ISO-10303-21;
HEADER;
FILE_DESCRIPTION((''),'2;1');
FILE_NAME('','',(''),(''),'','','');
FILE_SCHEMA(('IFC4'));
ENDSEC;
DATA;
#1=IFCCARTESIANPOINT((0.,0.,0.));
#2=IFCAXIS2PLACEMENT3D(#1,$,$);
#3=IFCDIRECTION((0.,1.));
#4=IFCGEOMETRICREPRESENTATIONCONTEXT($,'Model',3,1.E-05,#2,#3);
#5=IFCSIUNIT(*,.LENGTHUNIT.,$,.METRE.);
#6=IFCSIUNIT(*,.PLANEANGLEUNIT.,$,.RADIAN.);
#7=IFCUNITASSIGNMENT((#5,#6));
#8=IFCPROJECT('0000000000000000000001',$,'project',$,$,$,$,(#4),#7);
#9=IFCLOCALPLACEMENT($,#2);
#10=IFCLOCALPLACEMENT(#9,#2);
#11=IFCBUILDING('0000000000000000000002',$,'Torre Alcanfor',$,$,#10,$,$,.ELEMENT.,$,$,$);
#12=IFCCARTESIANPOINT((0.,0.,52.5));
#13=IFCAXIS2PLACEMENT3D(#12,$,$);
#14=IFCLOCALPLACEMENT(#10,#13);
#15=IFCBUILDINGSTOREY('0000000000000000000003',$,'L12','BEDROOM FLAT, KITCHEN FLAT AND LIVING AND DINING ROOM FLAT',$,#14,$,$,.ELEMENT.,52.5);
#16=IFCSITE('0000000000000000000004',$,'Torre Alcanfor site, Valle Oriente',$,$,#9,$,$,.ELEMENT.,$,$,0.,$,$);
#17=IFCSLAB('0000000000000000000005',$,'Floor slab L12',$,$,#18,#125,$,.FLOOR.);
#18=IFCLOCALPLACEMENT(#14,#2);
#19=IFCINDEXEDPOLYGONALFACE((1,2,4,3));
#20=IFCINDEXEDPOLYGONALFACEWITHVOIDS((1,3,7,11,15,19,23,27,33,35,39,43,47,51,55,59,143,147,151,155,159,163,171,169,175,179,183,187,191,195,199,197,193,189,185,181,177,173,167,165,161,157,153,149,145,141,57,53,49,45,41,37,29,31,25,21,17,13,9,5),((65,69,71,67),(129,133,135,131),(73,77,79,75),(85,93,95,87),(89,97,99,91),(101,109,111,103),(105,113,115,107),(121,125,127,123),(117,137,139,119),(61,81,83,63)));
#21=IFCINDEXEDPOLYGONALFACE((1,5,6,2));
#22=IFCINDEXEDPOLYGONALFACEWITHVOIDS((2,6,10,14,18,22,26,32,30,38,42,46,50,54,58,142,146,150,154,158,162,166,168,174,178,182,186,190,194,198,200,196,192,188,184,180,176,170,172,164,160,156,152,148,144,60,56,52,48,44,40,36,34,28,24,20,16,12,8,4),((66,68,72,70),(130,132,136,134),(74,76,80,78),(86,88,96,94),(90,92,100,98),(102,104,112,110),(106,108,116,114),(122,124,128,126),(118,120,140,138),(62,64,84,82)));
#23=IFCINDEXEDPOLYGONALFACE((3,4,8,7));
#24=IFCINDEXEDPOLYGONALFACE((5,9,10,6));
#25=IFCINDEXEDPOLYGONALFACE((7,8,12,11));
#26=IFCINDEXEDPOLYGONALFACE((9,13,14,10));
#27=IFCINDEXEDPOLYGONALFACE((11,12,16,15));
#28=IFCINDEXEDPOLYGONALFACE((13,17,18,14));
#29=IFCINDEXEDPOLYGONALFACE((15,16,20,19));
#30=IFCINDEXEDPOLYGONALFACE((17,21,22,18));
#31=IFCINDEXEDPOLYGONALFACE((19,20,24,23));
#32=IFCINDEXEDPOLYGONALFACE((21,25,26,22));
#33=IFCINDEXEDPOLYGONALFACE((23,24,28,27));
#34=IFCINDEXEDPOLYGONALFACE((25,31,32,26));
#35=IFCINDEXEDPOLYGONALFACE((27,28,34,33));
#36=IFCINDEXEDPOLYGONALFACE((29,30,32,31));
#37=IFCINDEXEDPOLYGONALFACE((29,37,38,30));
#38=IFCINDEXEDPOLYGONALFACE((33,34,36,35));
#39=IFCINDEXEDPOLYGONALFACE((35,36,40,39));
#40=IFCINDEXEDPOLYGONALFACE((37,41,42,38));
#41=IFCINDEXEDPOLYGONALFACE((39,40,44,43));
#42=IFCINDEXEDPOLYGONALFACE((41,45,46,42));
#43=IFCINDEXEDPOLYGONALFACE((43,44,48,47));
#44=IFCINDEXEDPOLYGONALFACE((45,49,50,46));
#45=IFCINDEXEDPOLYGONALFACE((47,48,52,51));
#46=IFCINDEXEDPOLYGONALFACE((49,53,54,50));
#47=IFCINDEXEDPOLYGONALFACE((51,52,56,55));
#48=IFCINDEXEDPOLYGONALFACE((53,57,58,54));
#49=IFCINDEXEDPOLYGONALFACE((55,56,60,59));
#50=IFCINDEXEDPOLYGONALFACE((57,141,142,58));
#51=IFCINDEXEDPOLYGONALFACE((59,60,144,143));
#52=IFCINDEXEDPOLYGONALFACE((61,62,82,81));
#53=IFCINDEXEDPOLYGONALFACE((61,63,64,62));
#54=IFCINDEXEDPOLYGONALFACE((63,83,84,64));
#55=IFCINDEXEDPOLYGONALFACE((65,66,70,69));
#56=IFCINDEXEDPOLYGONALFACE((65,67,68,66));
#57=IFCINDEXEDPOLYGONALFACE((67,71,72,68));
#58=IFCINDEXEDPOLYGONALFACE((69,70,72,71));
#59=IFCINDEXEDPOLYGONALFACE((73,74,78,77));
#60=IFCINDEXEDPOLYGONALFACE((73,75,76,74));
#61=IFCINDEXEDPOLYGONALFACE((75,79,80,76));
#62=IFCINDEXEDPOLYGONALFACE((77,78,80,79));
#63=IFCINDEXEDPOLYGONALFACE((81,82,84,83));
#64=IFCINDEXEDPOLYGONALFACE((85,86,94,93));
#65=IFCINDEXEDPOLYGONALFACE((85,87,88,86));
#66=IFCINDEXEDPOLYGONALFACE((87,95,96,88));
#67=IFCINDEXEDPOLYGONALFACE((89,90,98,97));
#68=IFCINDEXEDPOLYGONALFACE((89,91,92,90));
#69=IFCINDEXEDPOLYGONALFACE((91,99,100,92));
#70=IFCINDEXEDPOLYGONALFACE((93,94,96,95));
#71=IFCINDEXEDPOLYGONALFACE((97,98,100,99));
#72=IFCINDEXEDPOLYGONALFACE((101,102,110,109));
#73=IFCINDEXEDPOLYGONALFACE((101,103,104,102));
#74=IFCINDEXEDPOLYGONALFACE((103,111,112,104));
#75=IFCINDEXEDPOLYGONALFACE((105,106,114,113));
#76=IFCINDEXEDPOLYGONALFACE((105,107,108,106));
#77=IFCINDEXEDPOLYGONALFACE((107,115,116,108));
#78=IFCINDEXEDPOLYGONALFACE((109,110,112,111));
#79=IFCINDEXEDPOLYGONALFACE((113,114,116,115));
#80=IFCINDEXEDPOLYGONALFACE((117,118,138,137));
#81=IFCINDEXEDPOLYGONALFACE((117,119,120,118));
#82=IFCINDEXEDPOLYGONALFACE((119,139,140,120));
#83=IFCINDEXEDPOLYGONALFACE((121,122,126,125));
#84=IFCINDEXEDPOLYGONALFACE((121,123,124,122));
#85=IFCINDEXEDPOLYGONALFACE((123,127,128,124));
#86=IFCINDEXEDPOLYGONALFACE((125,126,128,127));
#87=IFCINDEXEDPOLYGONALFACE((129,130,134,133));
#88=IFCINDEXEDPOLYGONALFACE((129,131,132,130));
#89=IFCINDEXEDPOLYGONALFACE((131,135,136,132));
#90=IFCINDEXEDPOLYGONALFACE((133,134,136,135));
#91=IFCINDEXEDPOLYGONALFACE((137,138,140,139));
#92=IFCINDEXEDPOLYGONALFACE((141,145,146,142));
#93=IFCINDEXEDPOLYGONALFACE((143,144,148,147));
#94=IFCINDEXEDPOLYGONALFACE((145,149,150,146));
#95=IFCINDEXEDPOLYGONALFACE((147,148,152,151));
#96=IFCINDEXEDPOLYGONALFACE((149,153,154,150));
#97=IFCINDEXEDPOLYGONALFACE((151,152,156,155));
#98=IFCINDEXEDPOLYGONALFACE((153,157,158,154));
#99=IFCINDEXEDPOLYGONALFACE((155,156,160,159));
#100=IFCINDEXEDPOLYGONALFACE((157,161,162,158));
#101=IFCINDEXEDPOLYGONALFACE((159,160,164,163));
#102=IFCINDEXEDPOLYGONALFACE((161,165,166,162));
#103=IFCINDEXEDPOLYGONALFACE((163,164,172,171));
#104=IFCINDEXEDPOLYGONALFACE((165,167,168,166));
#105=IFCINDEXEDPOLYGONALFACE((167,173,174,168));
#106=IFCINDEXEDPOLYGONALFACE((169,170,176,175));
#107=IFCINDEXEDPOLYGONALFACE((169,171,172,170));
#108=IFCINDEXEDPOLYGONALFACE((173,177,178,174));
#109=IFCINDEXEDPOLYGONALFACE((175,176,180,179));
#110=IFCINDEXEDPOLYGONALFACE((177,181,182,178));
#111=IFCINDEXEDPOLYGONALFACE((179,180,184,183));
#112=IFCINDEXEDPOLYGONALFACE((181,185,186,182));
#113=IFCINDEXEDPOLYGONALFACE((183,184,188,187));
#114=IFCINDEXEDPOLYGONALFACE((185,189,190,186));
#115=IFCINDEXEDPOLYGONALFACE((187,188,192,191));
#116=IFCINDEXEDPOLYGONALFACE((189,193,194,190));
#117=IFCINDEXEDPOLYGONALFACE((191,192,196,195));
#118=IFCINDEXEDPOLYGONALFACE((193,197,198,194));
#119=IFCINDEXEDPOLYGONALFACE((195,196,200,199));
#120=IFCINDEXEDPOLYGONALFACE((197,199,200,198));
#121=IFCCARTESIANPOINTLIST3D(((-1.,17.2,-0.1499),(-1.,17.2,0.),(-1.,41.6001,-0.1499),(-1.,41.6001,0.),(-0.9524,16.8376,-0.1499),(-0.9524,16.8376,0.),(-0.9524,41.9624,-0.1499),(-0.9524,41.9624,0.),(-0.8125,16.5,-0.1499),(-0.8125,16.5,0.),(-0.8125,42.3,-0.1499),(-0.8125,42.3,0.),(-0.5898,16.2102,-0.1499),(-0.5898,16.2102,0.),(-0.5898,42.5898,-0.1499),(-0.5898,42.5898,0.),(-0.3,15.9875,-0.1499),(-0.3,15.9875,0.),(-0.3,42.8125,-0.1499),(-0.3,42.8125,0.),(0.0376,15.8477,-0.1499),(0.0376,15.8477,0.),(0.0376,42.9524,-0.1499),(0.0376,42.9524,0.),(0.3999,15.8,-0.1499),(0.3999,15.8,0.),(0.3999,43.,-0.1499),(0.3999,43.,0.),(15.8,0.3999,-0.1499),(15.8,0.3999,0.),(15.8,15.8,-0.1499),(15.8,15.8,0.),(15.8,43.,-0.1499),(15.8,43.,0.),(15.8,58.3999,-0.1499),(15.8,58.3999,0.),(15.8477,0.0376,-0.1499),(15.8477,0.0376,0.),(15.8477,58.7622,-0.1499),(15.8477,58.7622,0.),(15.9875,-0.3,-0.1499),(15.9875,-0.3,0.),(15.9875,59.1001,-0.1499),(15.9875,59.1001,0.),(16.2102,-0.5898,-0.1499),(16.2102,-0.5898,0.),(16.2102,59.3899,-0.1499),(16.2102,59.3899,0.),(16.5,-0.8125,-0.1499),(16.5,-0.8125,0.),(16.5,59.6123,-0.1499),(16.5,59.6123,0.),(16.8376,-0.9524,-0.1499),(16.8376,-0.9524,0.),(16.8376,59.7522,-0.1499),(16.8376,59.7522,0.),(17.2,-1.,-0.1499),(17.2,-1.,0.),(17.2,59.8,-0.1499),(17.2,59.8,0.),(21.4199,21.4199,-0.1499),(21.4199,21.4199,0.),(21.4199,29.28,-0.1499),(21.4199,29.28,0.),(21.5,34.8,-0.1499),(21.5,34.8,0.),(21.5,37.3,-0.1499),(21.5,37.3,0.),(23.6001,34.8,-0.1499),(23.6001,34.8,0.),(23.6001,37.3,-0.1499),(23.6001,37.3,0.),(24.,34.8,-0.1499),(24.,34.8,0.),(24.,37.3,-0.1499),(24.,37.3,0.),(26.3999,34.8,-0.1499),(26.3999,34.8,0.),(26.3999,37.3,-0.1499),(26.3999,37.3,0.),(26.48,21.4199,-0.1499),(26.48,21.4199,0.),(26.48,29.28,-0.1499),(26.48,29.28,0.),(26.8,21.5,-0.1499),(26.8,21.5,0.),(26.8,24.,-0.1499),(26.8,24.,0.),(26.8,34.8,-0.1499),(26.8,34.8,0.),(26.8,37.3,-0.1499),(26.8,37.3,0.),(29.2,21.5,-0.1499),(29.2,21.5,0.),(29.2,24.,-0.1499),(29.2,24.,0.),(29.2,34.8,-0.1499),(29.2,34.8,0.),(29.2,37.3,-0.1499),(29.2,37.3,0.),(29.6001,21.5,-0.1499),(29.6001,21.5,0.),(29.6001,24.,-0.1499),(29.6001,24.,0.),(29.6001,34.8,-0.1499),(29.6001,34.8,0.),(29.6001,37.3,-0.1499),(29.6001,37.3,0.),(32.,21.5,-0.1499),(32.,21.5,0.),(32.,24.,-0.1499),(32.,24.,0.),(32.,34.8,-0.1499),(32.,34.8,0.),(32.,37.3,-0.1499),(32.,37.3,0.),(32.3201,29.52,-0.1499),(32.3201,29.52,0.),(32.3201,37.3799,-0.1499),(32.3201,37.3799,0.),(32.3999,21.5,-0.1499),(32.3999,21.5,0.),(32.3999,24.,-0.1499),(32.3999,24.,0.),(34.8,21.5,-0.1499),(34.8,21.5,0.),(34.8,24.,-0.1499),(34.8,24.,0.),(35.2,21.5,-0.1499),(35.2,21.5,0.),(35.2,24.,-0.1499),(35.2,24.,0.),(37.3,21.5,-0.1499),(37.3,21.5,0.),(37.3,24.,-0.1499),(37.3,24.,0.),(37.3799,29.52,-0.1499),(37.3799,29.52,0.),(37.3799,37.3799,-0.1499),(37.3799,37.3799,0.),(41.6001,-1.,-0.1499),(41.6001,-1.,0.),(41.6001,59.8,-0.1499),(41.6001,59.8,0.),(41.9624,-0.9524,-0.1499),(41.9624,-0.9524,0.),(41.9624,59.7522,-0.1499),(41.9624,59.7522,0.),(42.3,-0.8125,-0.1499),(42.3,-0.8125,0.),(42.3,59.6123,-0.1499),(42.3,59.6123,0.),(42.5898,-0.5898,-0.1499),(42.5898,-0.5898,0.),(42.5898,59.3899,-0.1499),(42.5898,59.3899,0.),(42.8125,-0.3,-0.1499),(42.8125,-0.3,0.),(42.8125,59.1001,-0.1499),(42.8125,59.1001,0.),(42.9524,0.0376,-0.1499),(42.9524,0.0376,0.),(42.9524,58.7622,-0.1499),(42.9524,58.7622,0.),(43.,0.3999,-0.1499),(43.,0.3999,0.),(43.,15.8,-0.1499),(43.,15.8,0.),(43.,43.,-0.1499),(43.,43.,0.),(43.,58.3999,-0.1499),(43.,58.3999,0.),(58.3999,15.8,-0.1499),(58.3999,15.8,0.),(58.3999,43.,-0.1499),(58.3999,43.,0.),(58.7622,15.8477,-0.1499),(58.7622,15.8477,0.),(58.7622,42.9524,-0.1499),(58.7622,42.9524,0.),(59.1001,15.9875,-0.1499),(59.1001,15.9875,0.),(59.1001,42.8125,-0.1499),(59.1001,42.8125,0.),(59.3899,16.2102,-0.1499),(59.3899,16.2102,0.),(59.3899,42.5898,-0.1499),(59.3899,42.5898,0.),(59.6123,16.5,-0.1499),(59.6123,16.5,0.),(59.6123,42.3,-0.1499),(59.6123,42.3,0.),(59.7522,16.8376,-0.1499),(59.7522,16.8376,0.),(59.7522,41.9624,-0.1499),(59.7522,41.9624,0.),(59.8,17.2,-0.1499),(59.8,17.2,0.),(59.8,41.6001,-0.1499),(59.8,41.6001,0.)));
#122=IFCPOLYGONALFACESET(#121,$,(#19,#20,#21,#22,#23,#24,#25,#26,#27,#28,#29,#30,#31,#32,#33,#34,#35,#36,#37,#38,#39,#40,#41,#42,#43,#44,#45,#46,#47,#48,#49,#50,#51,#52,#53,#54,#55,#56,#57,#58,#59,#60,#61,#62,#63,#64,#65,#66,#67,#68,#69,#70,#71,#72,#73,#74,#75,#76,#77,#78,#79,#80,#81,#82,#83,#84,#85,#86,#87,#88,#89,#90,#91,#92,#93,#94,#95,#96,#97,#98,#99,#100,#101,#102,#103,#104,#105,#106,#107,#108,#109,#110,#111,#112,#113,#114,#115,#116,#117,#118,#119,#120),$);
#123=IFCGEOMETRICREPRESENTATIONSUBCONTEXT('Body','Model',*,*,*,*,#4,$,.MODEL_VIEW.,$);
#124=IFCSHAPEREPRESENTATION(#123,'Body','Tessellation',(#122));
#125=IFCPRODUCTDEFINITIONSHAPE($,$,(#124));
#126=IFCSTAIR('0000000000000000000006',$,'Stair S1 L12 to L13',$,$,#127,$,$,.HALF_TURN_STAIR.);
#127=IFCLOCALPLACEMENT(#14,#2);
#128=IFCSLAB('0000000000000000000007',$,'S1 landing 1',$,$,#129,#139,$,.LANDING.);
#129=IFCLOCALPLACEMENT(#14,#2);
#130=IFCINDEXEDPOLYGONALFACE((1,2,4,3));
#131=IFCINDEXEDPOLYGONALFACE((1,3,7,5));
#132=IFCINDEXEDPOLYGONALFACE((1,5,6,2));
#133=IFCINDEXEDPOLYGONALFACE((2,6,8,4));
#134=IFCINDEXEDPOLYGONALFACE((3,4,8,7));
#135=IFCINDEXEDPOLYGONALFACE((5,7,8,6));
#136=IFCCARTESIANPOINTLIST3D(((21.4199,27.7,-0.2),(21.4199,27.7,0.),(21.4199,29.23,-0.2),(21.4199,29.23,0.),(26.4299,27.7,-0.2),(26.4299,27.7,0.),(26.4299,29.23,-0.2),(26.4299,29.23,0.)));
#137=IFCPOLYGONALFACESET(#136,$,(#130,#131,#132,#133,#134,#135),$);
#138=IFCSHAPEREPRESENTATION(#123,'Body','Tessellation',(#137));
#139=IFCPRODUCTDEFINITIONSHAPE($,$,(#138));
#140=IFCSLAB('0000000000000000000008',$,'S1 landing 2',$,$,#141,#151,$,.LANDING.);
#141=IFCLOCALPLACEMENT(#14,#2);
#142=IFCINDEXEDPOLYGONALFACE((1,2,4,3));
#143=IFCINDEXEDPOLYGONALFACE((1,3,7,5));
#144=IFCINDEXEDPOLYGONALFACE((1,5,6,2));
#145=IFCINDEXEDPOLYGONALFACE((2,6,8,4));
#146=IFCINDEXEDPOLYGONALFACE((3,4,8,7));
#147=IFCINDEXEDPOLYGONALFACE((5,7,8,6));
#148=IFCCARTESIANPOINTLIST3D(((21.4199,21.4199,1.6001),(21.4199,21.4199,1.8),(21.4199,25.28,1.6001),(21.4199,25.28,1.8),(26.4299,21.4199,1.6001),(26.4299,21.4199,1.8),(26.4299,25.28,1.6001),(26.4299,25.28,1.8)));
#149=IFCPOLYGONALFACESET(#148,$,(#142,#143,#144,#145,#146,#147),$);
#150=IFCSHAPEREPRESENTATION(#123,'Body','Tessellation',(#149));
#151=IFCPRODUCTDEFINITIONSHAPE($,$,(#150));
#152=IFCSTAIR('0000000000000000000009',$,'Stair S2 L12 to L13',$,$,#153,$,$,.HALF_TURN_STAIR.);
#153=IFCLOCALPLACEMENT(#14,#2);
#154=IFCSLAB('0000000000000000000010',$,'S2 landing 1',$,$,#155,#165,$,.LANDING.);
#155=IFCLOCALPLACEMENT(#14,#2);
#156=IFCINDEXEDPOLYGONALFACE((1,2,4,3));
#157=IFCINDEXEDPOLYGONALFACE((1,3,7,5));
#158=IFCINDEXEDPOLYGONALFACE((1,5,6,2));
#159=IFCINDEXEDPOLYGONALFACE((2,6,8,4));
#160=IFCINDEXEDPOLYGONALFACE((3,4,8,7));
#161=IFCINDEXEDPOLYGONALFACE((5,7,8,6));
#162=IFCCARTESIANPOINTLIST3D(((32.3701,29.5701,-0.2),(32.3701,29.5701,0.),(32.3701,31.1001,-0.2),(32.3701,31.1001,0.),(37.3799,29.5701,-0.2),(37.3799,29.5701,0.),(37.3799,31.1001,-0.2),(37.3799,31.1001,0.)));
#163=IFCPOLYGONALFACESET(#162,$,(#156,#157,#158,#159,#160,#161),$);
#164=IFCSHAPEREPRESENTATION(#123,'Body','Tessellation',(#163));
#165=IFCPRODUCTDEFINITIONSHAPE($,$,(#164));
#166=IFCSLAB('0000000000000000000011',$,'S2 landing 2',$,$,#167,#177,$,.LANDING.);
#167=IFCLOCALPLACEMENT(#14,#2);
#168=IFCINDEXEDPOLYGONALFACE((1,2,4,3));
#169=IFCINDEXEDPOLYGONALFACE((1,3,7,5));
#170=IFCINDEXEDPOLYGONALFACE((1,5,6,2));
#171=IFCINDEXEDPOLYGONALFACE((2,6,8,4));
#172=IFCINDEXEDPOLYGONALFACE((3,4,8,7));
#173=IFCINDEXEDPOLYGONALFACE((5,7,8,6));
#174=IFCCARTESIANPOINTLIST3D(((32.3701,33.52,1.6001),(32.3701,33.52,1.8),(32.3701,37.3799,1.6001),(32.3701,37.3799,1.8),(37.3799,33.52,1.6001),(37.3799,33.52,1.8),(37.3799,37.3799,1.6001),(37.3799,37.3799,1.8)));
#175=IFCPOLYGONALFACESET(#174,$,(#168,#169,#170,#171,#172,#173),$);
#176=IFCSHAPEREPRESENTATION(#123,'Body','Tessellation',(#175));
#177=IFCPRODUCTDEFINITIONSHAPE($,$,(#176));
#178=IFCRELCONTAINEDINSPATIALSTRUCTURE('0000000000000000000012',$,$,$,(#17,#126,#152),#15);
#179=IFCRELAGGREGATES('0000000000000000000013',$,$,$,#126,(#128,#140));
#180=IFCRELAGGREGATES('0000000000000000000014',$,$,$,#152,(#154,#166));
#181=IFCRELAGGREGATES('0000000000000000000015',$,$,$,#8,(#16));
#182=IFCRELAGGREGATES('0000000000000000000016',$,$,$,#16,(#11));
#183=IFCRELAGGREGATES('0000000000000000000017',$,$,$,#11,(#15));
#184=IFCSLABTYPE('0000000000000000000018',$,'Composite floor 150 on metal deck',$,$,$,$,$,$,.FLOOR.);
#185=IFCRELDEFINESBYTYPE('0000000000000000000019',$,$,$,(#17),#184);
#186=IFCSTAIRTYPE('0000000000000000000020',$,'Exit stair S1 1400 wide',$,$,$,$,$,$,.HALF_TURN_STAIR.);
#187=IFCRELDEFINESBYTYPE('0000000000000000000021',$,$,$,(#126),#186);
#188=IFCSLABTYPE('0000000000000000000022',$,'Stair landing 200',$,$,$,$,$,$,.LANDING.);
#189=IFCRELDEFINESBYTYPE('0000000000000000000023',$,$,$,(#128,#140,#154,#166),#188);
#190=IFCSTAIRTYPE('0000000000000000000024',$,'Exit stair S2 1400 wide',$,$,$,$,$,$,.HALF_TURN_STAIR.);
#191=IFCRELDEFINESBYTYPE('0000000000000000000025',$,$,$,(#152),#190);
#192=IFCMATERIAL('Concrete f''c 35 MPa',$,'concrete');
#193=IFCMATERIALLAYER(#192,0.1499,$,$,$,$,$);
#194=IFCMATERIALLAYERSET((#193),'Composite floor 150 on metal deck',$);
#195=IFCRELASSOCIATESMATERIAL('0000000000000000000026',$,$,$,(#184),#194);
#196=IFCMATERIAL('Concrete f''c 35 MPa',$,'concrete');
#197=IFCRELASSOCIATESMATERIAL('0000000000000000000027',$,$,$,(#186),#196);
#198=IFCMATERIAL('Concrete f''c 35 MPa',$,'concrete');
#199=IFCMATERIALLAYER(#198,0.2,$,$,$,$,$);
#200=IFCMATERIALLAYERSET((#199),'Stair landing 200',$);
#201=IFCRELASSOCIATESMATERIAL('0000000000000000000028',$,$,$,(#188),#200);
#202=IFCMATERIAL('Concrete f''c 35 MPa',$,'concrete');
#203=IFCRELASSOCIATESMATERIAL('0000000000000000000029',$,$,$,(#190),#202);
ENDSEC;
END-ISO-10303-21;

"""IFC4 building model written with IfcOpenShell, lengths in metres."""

from ifc_helpers import new_model, si_unit, direction, frame, origin, place, context, subcontext, project, spatial, polyline, outline, extrude, material, layer, layer_set, type_object, element, aggregate, save


model = new_model("IFC4")

# Units and contexts
model_context = context("Model", 3, precision=1e-05, world=origin(), true_north=direction((0.0, 1.0)))
body_context = subcontext(model_context, "Body", "Model", "MODEL_VIEW")
ifc_project = project(units=[si_unit("LENGTHUNIT", "METRE"), si_unit("PLANEANGLEUNIT", "RADIAN")], contexts=[model_context])

# Site, building, storey
site_placement = place(None, origin())
site = spatial("IfcSite", under=ifc_project, at=site_placement, Name="Torre Alcanfor site, Valle Oriente", CompositionType="ELEMENT", RefElevation=0.0)
building_placement = place(site_placement, origin())
building = spatial("IfcBuilding", under=site, at=building_placement, Name="Torre Alcanfor", CompositionType="ELEMENT")
storey_placement = place(building_placement, frame((0.0, 0.0, 52.5)))
storey = spatial("IfcBuildingStorey", under=building, at=storey_placement, Name="L12", Description="BEDROOM FLAT, KITCHEN FLAT AND LIVING AND DINING ROOM FLAT", CompositionType="ELEMENT", Elevation=52.5)

# Slab
ifc_material_1 = material(Name="Concrete f'c 35 MPa", Category="concrete")
ifc_layer_1 = layer(ifc_material_1, 0.1499)
ifc_layer_set_1 = layer_set([ifc_layer_1], Name="Composite floor 150 on metal deck")
slab_type_1 = type_object("IfcSlabType", Name="Composite floor 150 on metal deck", PredefinedType="FLOOR", material=ifc_layer_set_1)
slab_1_placement = place(storey_placement, frame((0.0, 0.0, -0.1499)))
element("IfcSlab", 1, at=slab_1_placement, inside=storey, type_object=slab_type_1, Name="Floor slab L12", PredefinedType="FLOOR", context=body_context, shape_type="SweptSolid", body=[
    extrude(outline(polyline([(15.8, 43.0), (0.3999, 43.0), (0.0376, 42.9524), (-0.3, 42.8125), (-0.5898, 42.5898), (-0.8125, 42.3), (-0.9524, 41.9624), (-1.0, 41.6001), (-1.0, 17.2), (-0.9524, 16.8376), (-0.8125, 16.5), (-0.5898, 16.2102), (-0.3, 15.9875), (0.0376, 15.8477), (0.3999, 15.8), (15.8, 15.8), (15.8, 0.3999), (15.8477, 0.0376), (15.9875, -0.3), (16.2102, -0.5898), (16.5, -0.8125), (16.8376, -0.9524), (17.2, -1.0), (41.6001, -1.0), (41.9624, -0.9524), (42.3, -0.8125), (42.5898, -0.5898), (42.8125, -0.3), (42.9524, 0.0376), (43.0, 0.3999), (43.0, 15.8), (58.3999, 15.8), (58.7622, 15.8477), (59.1001, 15.9875), (59.3899, 16.2102), (59.6123, 16.5), (59.7522, 16.8376), (59.8, 17.2), (59.8, 41.6001), (59.7522, 41.9624), (59.6123, 42.3), (59.3899, 42.5898), (59.1001, 42.8125), (58.7622, 42.9524), (58.3999, 43.0), (43.0, 43.0), (43.0, 58.3999), (42.9524, 58.7622), (42.8125, 59.1001), (42.5898, 59.3899), (42.3, 59.6123), (41.9624, 59.7522), (41.6001, 59.8), (17.2, 59.8), (16.8376, 59.7522), (16.5, 59.6123), (16.2102, 59.3899), (15.9875, 59.1001), (15.8477, 58.7622), (15.8, 58.3999), (15.8, 43.0)]), holes=[polyline([(21.4199, 21.4199), (26.48, 21.4199), (26.48, 29.28), (21.4199, 29.28), (21.4199, 21.4199)]), polyline([(32.3201, 29.52), (37.3799, 29.52), (37.3799, 37.3799), (32.3201, 37.3799), (32.3201, 29.52)]), polyline([(26.8, 21.5), (29.2, 21.5), (29.2, 24.0), (26.8, 24.0), (26.8, 21.5)]), polyline([(29.6001, 21.5), (32.0, 21.5), (32.0, 24.0), (29.6001, 24.0), (29.6001, 21.5)]), polyline([(32.3999, 21.5), (34.8, 21.5), (34.8, 24.0), (32.3999, 24.0), (32.3999, 21.5)]), polyline([(35.2, 21.5), (37.3, 21.5), (37.3, 24.0), (35.2, 24.0), (35.2, 21.5)]), polyline([(21.5, 34.8), (23.6001, 34.8), (23.6001, 37.3), (21.5, 37.3), (21.5, 34.8)]), polyline([(24.0, 34.8), (26.3999, 34.8), (26.3999, 37.3), (24.0, 37.3), (24.0, 34.8)]), polyline([(26.8, 34.8), (29.2, 34.8), (29.2, 37.3), (26.8, 37.3), (26.8, 34.8)]), polyline([(29.6001, 34.8), (32.0, 34.8), (32.0, 37.3), (29.6001, 37.3), (29.6001, 34.8)])]), origin(), (0.0, 0.0, 1.0), 0.1499),
])

# Stairs, slabs
ifc_material_2 = material(Name="Concrete f'c 35 MPa", Category="concrete")
stair_type_1 = type_object("IfcStairType", Name="Exit stair S1 1400 wide", PredefinedType="HALF_TURN_STAIR", material=ifc_material_2)
stair_1_placement = place(storey_placement, origin())
stair_1 = element("IfcStair", 2, at=stair_1_placement, inside=storey, type_object=stair_type_1, Name="Stair S1 L12 to L13", PredefinedType="HALF_TURN_STAIR")
ifc_material_3 = material(Name="Concrete f'c 35 MPa", Category="concrete")
ifc_layer_2 = layer(ifc_material_3, 0.2)
ifc_layer_set_2 = layer_set([ifc_layer_2], Name="Stair landing 200")
slab_type_2 = type_object("IfcSlabType", Name="Stair landing 200", PredefinedType="LANDING", material=ifc_layer_set_2)
slab_2_placement = place(storey_placement, frame((0.0, 0.0, -0.2)))
slab_2 = element("IfcSlab", 3, at=slab_2_placement, type_object=slab_type_2, Name="S1 landing 1", PredefinedType="LANDING", context=body_context, shape_type="SweptSolid", body=[
    extrude(outline(polyline([(21.4199, 27.7), (26.4299, 27.7), (26.4299, 29.23), (21.4199, 29.23), (21.4199, 27.7)])), origin(), (0.0, 0.0, 1.0), 0.2),
])
slab_3_placement = place(storey_placement, frame((0.0, 0.0, 1.6001)))
slab_3 = element("IfcSlab", 4, at=slab_3_placement, type_object=slab_type_2, Name="S1 landing 2", PredefinedType="LANDING", context=body_context, shape_type="SweptSolid", body=[
    extrude(outline(polyline([(21.4199, 21.4199), (26.4299, 21.4199), (26.4299, 25.28), (21.4199, 25.28), (21.4199, 21.4199)])), origin(), (0.0, 0.0, 1.0), 0.2),
])
aggregate(stair_1, [slab_2, slab_3])
ifc_material_4 = material(Name="Concrete f'c 35 MPa", Category="concrete")
stair_type_2 = type_object("IfcStairType", Name="Exit stair S2 1400 wide", PredefinedType="HALF_TURN_STAIR", material=ifc_material_4)
stair_2_placement = place(storey_placement, origin())
stair_2 = element("IfcStair", 5, at=stair_2_placement, inside=storey, type_object=stair_type_2, Name="Stair S2 L12 to L13", PredefinedType="HALF_TURN_STAIR")
slab_4_placement = place(storey_placement, frame((0.0, 0.0, -0.2)))
slab_4 = element("IfcSlab", 6, at=slab_4_placement, type_object=slab_type_2, Name="S2 landing 1", PredefinedType="LANDING", context=body_context, shape_type="SweptSolid", body=[
    extrude(outline(polyline([(32.3701, 29.5701), (37.3799, 29.5701), (37.3799, 31.1001), (32.3701, 31.1001), (32.3701, 29.5701)])), origin(), (0.0, 0.0, 1.0), 0.2),
])
slab_5_placement = place(storey_placement, frame((0.0, 0.0, 1.6001)))
slab_5 = element("IfcSlab", 7, at=slab_5_placement, type_object=slab_type_2, Name="S2 landing 2", PredefinedType="LANDING", context=body_context, shape_type="SweptSolid", body=[
    extrude(outline(polyline([(32.3701, 33.52), (37.3799, 33.52), (37.3799, 37.3799), (32.3701, 37.3799), (32.3701, 33.52)])), origin(), (0.0, 0.0, 1.0), 0.2),
])
aggregate(stair_2, [slab_4, slab_5])

save(model, "model.ifc")
